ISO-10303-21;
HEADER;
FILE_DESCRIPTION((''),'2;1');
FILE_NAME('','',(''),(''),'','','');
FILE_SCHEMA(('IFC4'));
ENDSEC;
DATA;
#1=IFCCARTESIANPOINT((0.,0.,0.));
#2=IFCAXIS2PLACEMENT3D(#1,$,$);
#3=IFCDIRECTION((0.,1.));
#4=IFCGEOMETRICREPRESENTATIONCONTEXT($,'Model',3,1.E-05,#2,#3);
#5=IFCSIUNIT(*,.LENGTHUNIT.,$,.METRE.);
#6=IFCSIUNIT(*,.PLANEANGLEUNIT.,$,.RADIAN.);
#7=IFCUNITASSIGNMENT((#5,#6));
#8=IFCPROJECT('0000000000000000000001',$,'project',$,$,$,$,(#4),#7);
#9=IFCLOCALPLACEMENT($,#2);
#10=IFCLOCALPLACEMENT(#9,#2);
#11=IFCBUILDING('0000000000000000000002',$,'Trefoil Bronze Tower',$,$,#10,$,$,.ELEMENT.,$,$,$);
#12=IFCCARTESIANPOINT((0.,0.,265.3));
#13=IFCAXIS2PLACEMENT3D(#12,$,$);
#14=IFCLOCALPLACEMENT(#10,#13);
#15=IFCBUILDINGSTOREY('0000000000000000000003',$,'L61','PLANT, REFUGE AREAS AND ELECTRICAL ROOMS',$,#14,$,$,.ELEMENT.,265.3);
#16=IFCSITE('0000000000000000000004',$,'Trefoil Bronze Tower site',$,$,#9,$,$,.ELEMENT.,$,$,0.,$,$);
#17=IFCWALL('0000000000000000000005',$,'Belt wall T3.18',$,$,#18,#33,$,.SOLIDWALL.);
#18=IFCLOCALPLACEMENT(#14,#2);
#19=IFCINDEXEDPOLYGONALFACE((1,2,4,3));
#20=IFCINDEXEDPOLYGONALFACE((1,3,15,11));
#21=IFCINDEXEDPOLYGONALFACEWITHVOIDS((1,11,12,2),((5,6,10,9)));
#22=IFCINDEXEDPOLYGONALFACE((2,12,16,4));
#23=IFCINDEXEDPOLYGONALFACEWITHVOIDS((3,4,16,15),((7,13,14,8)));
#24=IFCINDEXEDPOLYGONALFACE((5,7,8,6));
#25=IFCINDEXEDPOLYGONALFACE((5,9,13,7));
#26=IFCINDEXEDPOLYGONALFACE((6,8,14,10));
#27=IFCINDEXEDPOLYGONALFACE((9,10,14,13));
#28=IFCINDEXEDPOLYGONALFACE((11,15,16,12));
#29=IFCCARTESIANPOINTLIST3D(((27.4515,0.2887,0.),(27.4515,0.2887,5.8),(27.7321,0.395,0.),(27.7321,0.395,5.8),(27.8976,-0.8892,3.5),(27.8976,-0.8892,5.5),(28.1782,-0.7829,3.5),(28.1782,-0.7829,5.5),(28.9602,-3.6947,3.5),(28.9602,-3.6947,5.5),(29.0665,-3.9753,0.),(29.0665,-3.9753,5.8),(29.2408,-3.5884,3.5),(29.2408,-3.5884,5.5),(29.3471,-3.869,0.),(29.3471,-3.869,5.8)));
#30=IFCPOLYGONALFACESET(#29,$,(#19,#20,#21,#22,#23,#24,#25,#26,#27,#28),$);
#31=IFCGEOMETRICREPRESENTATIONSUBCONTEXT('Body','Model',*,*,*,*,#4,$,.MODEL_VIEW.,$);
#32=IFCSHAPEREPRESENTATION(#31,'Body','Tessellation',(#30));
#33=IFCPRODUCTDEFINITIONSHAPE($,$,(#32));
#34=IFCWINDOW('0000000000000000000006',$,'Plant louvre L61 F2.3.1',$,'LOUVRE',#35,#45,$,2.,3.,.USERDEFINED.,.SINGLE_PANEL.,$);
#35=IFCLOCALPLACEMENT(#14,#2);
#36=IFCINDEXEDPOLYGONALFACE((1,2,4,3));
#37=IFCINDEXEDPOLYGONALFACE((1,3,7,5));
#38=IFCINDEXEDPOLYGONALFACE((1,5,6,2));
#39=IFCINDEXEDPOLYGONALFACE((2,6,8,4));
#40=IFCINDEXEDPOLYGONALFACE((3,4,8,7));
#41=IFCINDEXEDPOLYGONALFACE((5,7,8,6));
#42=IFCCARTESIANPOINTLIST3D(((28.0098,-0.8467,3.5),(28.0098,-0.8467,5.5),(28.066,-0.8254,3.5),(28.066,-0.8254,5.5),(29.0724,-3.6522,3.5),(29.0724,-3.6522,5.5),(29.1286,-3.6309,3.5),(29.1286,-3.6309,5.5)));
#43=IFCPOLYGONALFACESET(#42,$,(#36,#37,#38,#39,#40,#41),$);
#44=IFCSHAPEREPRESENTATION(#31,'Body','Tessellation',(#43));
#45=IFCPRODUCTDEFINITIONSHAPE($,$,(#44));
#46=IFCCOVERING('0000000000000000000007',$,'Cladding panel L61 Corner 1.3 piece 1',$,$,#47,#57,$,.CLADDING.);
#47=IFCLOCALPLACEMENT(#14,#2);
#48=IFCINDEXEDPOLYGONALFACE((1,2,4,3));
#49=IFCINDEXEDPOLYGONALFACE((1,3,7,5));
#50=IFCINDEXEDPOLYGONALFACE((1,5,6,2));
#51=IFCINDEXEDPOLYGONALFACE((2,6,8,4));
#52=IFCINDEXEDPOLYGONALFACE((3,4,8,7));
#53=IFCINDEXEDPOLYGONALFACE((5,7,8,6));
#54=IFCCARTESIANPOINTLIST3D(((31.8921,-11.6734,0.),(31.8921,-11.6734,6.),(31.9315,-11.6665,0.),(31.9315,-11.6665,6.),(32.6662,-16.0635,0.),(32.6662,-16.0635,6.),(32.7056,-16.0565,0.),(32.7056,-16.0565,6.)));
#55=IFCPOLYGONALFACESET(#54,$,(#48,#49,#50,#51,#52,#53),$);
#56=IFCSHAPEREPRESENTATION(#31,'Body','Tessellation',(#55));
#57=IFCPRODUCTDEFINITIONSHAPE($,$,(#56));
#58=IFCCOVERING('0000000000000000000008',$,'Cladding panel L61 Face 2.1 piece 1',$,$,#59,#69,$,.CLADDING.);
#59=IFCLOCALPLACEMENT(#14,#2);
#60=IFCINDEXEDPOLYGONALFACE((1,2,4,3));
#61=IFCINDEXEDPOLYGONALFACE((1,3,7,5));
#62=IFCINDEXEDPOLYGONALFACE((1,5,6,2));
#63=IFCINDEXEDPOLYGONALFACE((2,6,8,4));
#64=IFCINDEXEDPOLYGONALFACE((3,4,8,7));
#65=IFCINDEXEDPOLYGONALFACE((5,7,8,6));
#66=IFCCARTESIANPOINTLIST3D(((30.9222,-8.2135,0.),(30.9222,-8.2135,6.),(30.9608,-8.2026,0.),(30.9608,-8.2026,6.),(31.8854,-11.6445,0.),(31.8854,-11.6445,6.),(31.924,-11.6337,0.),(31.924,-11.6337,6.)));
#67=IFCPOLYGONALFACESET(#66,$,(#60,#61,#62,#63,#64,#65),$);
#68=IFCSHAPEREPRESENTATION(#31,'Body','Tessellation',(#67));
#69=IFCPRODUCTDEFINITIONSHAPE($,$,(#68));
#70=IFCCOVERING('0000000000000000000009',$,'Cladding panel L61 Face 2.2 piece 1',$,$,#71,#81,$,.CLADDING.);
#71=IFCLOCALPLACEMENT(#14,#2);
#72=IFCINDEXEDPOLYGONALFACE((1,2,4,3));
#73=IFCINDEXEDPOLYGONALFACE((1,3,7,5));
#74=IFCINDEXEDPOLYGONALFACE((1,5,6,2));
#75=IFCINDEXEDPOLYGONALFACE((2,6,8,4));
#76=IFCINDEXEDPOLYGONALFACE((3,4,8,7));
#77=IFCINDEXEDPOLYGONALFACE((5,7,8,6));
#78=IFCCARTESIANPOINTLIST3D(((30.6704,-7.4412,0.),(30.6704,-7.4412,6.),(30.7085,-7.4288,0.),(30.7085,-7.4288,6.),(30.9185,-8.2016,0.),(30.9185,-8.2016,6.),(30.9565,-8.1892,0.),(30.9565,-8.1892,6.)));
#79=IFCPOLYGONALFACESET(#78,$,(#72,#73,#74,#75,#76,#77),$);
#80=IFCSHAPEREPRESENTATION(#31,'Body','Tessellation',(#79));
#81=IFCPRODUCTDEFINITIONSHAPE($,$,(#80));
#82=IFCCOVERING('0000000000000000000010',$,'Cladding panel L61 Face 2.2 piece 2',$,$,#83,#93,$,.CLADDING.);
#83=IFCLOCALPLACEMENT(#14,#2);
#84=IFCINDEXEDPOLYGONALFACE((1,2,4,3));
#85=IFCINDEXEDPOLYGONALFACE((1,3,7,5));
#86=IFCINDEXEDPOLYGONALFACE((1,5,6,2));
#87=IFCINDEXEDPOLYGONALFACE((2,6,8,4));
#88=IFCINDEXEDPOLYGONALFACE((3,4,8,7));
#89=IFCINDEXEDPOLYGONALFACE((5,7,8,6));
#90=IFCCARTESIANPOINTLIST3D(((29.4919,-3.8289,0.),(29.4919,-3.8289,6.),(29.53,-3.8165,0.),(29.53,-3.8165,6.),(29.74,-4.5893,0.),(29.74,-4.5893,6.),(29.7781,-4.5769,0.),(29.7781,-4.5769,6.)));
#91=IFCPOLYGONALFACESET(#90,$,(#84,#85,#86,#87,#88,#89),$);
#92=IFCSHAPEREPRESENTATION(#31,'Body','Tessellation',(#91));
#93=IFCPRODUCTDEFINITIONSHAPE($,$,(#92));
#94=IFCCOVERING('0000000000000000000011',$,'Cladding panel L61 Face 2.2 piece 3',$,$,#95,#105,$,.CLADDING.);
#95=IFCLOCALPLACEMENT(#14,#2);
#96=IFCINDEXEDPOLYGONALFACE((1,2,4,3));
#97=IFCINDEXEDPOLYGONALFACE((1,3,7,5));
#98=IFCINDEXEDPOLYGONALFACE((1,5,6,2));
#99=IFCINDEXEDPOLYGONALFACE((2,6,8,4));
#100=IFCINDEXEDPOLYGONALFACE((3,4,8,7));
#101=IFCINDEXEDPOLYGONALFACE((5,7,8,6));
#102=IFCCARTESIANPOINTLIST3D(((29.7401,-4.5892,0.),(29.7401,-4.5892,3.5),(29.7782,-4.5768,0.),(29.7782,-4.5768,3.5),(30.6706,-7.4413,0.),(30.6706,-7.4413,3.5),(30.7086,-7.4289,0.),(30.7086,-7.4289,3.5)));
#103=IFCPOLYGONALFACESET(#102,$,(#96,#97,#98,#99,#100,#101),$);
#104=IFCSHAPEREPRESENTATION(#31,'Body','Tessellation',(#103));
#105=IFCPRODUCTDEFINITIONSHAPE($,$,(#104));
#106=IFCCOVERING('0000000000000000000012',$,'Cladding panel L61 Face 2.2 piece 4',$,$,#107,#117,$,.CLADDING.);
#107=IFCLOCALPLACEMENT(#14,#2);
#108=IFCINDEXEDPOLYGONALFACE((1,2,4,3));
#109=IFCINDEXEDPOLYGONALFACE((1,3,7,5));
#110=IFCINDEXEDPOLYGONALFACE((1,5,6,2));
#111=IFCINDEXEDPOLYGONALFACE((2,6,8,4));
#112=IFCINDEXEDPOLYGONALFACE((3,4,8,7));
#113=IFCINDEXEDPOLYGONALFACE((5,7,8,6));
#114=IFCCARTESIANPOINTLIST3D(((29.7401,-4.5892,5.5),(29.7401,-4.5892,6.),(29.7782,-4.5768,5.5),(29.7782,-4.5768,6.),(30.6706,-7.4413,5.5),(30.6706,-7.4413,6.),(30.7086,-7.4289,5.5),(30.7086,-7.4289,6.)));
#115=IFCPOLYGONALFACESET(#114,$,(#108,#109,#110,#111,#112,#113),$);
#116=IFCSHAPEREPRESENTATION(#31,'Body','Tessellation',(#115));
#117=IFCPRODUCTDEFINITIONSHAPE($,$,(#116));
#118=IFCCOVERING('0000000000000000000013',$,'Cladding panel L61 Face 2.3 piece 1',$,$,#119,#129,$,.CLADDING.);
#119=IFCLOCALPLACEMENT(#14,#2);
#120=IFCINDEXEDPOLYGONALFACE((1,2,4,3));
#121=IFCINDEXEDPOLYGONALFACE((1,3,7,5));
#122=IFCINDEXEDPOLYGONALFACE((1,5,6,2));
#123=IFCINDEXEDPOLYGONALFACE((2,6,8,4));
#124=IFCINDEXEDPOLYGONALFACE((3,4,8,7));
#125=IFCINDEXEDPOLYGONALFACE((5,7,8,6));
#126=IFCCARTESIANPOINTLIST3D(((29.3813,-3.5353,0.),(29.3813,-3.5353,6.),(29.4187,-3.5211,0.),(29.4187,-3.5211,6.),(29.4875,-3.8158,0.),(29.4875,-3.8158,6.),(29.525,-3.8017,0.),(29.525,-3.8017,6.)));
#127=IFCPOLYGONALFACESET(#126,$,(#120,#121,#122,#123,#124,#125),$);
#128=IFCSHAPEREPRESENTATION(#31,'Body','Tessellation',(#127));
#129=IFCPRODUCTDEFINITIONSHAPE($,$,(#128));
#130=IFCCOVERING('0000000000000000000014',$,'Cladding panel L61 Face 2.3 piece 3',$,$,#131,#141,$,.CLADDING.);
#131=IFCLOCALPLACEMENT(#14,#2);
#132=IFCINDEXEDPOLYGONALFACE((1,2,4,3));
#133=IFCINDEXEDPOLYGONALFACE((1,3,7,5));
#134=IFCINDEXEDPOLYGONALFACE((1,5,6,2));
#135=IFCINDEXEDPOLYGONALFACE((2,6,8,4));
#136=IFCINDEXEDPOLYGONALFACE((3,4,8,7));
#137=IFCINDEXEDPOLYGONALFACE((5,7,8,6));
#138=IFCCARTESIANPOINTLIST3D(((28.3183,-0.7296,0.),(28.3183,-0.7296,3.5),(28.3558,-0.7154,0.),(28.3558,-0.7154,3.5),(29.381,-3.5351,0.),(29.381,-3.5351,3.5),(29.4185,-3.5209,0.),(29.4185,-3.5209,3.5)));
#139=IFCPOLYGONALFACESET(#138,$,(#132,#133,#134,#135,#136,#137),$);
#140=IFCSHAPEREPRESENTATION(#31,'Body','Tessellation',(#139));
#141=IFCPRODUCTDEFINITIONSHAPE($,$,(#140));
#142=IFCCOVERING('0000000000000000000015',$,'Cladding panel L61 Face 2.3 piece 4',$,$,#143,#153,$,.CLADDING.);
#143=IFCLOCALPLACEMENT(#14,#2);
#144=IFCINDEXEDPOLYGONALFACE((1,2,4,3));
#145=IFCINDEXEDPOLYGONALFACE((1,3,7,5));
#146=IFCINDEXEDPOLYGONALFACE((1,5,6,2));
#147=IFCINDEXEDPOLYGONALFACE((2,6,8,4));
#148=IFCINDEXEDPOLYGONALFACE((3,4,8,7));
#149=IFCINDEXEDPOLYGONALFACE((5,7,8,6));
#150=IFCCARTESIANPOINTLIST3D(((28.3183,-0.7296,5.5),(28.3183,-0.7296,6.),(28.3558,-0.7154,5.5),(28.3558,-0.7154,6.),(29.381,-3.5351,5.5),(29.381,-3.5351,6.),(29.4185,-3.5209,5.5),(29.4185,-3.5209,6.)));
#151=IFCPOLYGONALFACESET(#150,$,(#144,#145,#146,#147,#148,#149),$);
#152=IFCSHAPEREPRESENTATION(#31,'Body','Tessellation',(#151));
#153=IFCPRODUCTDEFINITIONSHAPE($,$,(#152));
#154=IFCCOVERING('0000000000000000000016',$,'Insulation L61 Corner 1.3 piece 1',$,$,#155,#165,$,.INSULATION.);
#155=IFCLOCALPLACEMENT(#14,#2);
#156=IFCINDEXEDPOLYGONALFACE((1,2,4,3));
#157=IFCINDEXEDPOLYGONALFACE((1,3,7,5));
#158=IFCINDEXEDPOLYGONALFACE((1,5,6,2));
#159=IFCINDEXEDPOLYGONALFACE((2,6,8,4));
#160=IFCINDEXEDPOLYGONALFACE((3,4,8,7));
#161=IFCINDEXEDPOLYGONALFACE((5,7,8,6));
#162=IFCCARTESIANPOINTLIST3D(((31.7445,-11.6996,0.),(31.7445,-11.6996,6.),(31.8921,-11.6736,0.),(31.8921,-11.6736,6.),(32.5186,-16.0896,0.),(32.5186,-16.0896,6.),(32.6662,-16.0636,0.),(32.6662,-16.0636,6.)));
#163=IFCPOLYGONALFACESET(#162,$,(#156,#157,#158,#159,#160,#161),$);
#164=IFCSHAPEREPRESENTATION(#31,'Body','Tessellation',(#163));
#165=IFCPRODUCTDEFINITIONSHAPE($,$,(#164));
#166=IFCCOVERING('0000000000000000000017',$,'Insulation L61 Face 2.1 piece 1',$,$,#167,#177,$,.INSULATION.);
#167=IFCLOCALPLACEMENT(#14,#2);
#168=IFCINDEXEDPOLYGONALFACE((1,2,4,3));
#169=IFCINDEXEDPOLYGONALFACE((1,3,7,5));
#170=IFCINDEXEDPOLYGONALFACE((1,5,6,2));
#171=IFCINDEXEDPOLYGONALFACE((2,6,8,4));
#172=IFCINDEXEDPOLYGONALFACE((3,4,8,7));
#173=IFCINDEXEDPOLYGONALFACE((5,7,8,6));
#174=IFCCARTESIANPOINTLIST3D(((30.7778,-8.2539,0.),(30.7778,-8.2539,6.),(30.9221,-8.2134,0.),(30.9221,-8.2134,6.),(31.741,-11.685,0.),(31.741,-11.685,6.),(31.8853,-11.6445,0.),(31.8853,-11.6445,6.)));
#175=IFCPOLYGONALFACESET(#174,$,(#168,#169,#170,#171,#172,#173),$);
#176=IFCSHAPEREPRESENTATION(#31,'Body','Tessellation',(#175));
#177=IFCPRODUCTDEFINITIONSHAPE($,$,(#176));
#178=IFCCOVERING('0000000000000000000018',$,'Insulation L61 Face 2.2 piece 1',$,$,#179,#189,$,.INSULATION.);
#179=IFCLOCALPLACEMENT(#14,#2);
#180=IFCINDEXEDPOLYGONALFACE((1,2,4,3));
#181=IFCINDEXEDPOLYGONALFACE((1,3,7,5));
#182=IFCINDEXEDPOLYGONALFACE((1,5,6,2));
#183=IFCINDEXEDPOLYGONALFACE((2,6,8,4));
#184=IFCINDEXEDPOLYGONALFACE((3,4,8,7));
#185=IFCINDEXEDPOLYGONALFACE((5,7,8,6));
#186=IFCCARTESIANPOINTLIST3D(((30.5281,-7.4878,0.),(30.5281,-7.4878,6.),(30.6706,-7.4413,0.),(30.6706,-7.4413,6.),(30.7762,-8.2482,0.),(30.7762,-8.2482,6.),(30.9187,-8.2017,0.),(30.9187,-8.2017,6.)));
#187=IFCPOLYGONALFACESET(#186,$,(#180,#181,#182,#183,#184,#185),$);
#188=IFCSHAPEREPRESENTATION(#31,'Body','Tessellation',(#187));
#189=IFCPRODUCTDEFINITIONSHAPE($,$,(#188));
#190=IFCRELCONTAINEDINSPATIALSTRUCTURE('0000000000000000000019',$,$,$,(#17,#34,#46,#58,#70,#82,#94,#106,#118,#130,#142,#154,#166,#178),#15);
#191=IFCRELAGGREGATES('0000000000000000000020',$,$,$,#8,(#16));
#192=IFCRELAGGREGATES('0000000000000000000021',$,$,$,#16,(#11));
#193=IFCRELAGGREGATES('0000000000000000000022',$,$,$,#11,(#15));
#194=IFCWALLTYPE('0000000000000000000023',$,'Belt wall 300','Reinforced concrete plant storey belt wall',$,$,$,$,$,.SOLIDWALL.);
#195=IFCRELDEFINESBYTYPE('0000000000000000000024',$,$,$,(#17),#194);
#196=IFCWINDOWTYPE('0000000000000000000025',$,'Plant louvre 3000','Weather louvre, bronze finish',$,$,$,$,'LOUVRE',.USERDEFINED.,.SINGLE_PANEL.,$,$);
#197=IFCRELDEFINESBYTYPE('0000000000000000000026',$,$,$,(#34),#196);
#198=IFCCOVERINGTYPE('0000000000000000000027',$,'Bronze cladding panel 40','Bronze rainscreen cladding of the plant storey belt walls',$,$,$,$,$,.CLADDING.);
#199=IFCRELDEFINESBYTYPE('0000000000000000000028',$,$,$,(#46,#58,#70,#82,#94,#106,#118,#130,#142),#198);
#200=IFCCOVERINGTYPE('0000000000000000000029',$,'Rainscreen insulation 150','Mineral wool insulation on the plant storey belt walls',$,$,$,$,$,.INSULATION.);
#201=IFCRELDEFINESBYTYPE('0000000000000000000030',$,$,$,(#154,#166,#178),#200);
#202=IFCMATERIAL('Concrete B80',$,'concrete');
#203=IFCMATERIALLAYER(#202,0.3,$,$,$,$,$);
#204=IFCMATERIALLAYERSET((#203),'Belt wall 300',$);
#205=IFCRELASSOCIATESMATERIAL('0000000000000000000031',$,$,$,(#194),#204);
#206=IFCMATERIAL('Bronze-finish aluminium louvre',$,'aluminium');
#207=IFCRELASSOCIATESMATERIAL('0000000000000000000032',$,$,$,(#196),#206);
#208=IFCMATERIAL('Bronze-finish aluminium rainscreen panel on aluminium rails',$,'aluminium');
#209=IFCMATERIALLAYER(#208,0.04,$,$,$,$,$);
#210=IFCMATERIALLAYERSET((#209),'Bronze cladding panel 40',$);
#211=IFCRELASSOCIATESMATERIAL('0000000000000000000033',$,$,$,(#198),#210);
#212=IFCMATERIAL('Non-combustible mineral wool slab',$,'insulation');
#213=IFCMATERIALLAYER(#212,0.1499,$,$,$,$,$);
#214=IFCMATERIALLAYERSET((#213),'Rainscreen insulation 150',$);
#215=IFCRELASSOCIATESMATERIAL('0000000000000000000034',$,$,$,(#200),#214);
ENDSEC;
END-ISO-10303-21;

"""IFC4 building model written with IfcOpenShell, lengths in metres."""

from ifc_helpers import new_model, si_unit, direction, frame, frame_2d, origin, origin_2d, place, context, subcontext, project, spatial, rectangle, extrude, material, layer, layer_set, type_object, element, fill, save


model = new_model("IFC4")

# Units and contexts
model_context = context("Model", 3, precision=1e-05, world=origin(), true_north=direction((0.0, 1.0)))
body_context = subcontext(model_context, "Body", "Model", "MODEL_VIEW")
ifc_project = project(units=[si_unit("LENGTHUNIT", "METRE"), si_unit("PLANEANGLEUNIT", "RADIAN")], contexts=[model_context])

# Site, building, storey
site_placement = place(None, origin())
site = spatial("IfcSite", under=ifc_project, at=site_placement, Name="Trefoil Bronze Tower site", CompositionType="ELEMENT", RefElevation=0.0)
building_placement = place(site_placement, origin())
building = spatial("IfcBuilding", under=site, at=building_placement, Name="Trefoil Bronze Tower", CompositionType="ELEMENT")
storey_placement = place(building_placement, frame((0.0, 0.0, 265.3)))
storey = spatial("IfcBuildingStorey", under=building, at=storey_placement, Name="L61", Description="PLANT, REFUGE AREAS AND ELECTRICAL ROOMS", CompositionType="ELEMENT", Elevation=265.3)

# Shared definitions
ifc_material_1 = material(Name="Concrete B80", Category="concrete")
ifc_layer_1 = layer(ifc_material_1, 0.3)
ifc_layer_set_1 = layer_set([ifc_layer_1], Name="Belt wall 300")
wall_type = type_object("IfcWallType", Name="Belt wall 300", Description="Reinforced concrete plant storey belt wall", PredefinedType="SOLIDWALL", material=ifc_layer_set_1)

# Wall, opening, window
ifc_material_2 = material(Name="Bronze-finish aluminium louvre", Category="aluminium")
window_type = type_object("IfcWindowType", Name="Plant louvre 3000", Description="Weather louvre, bronze finish", ElementType="LOUVRE", PartitioningType="SINGLE_PANEL", PredefinedType="USERDEFINED", material=ifc_material_2)
wall_1_placement = place(storey_placement, frame((29.2068, -3.9221, 0.0), z_axis=(0.0, 0.0, 1.0), x_axis=(-0.354202, 0.935169, 0.0)))
wall_1 = element("IfcWall", 1, at=wall_1_placement, inside=storey, type_object=wall_type, Name="Belt wall T3.18", PredefinedType="SOLIDWALL", context=body_context, shape_type="SweptSolid", body=[
    extrude(rectangle(XDim=4.5596, YDim=0.3, at=frame_2d((2.2798, 0.0))), origin(), (0.0, 0.0, 1.0), 5.8),
])
opening_1_placement = place(wall_1_placement, frame((0.3, 0.0, 3.5)))
opening_1 = element("IfcOpeningElement", 2, at=opening_1_placement, cuts=wall_1, PredefinedType="OPENING", context=body_context, shape_type="SweptSolid", body=[
    extrude(rectangle(XDim=3.0, YDim=2.0, at=frame_2d((1.5, 1.0))), frame((0.0, 0.1599, 0.0), z_axis=(0.0, -1.0, 0.0), x_axis=(1.0, 0.0, 0.0)), (0.0, 0.0, 1.0), 0.3201),
])
window_1_placement = place(opening_1_placement, origin())
window_1 = element("IfcWindow", 3, at=window_1_placement, inside=storey, type_object=window_type, Name="Plant louvre L61 F2.3.1", ObjectType="LOUVRE", OverallHeight=2.0, OverallWidth=3.0, PartitioningType="SINGLE_PANEL", PredefinedType="USERDEFINED", context=body_context, shape_type="SweptSolid", body=[
    extrude(rectangle(XDim=3.0, YDim=2.0, at=frame_2d((1.5, 1.0))), frame((0.0, 0.03, 0.0), z_axis=(0.0, -1.0, 0.0), x_axis=(1.0, 0.0, 0.0)), (0.0, 0.0, 1.0), 0.0601),
])
fill(opening_1, window_1)

# Coverings
ifc_material_3 = material(Name="Bronze-finish aluminium rainscreen panel on aluminium rails", Category="aluminium")
ifc_layer_2 = layer(ifc_material_3, 0.04)
ifc_layer_set_2 = layer_set([ifc_layer_2], Name="Bronze cladding panel 40")
covering_type_1 = type_object("IfcCoveringType", Name="Bronze cladding panel 40", Description="Bronze rainscreen cladding of the plant storey belt walls", PredefinedType="CLADDING", material=ifc_layer_set_2)
covering_1_placement = place(storey_placement, frame((32.2988, -13.865, 0.0), z_axis=(0.0, 0.0, 1.0), x_axis=(-0.173648, 0.984808, 0.0)))
element("IfcCovering", 4, at=covering_1_placement, inside=storey, type_object=covering_type_1, Name="Cladding panel L61 Corner 1.3 piece 1", PredefinedType="CLADDING", context=body_context, shape_type="SweptSolid", body=[
    extrude(rectangle(XDim=4.4578, YDim=0.04, at=origin_2d()), origin(), (0.0, 0.0, 1.0), 6.0),
])
covering_2_placement = place(storey_placement, frame((31.4231, -9.9236, 0.0), z_axis=(0.0, 0.0, 1.0), x_axis=(-0.270282, 0.962781, 0.0)))
element("IfcCovering", 5, at=covering_2_placement, inside=storey, type_object=covering_type_1, Name="Cladding panel L61 Face 2.1 piece 1", PredefinedType="CLADDING", context=body_context, shape_type="SweptSolid", body=[
    extrude(rectangle(XDim=3.5637, YDim=0.04, at=origin_2d()), origin(), (0.0, 0.0, 1.0), 6.0),
])
for number, where, z_axis, x_axis, name in (
    (6, (30.8135, -7.8152, 0.0), (0.0, 0.0, 1.0), (-0.310149, 0.950688, 0.0), "Cladding panel L61 Face 2.2 piece 1"),
    (7, (29.635, -4.2029, 0.0), (0.0, 0.0, 1.0), (-0.310149, 0.950688, 0.0), "Cladding panel L61 Face 2.2 piece 2"),
):
    element("IfcCovering", number, at=place(storey_placement, frame(where, z_axis=z_axis, x_axis=x_axis)), inside=storey, type_object=covering_type_1, Name=name, PredefinedType="CLADDING", context=body_context, shape_type="SweptSolid", body=[
        extrude(rectangle(XDim=0.7998, YDim=0.04, at=origin_2d()), origin(), (0.0, 0.0, 1.0), 6.0),
    ])
covering_3_placement = place(storey_placement, frame((30.2244, -6.009, 0.0), z_axis=(0.0, 0.0, 1.0), x_axis=(-0.310149, 0.950688, 0.0)))
element("IfcCovering", 8, at=covering_3_placement, inside=storey, type_object=covering_type_1, Name="Cladding panel L61 Face 2.2 piece 3", PredefinedType="CLADDING", context=body_context, shape_type="SweptSolid", body=[
    extrude(rectangle(XDim=3.0, YDim=0.04, at=origin_2d()), origin(), (0.0, 0.0, 1.0), 3.5),
])
covering_4_placement = place(storey_placement, frame((30.2244, -6.009, 5.5), z_axis=(0.0, 0.0, 1.0), x_axis=(-0.310149, 0.950688, 0.0)))
element("IfcCovering", 9, at=covering_4_placement, inside=storey, type_object=covering_type_1, Name="Cladding panel L61 Face 2.2 piece 4", PredefinedType="CLADDING", context=body_context, shape_type="SweptSolid", body=[
    extrude(rectangle(XDim=3.0, YDim=0.04, at=origin_2d()), origin(), (0.0, 0.0, 1.0), 0.5),
])
covering_5_placement = place(storey_placement, frame((29.4531, -3.6685, 0.0), z_axis=(0.0, 0.0, 1.0), x_axis=(-0.354234, 0.935157, 0.0)))
element("IfcCovering", 10, at=covering_5_placement, inside=storey, type_object=covering_type_1, Name="Cladding panel L61 Face 2.3 piece 1", PredefinedType="CLADDING", context=body_context, shape_type="SweptSolid", body=[
    extrude(rectangle(XDim=0.3, YDim=0.04, at=origin_2d()), origin(), (0.0, 0.0, 1.0), 6.0),
])
covering_6_placement = place(storey_placement, frame((28.8684, -2.1252, 0.0), z_axis=(0.0, 0.0, 1.0), x_axis=(-0.354234, 0.935157, 0.0)))
element("IfcCovering", 11, at=covering_6_placement, inside=storey, type_object=covering_type_1, Name="Cladding panel L61 Face 2.3 piece 3", PredefinedType="CLADDING", context=body_context, shape_type="SweptSolid", body=[
    extrude(rectangle(XDim=3.0, YDim=0.04, at=origin_2d()), origin(), (0.0, 0.0, 1.0), 3.5),
])
covering_7_placement = place(storey_placement, frame((28.8684, -2.1252, 5.5), z_axis=(0.0, 0.0, 1.0), x_axis=(-0.354234, 0.935157, 0.0)))
element("IfcCovering", 12, at=covering_7_placement, inside=storey, type_object=covering_type_1, Name="Cladding panel L61 Face 2.3 piece 4", PredefinedType="CLADDING", context=body_context, shape_type="SweptSolid", body=[
    extrude(rectangle(XDim=3.0, YDim=0.04, at=origin_2d()), origin(), (0.0, 0.0, 1.0), 0.5),
])
ifc_material_4 = material(Name="Non-combustible mineral wool slab", Category="insulation")
ifc_layer_3 = layer(ifc_material_4, 0.1499)
ifc_layer_set_3 = layer_set([ifc_layer_3], Name="Rainscreen insulation 150")
covering_type_2 = type_object("IfcCoveringType", Name="Rainscreen insulation 150", Description="Mineral wool insulation on the plant storey belt walls", PredefinedType="INSULATION", material=ifc_layer_set_3)
covering_8_placement = place(storey_placement, frame((32.2053, -13.8816, 0.0), z_axis=(0.0, 0.0, 1.0), x_axis=(-0.173648, 0.984808, 0.0)))
element("IfcCovering", 13, at=covering_8_placement, inside=storey, type_object=covering_type_2, Name="Insulation L61 Corner 1.3 piece 1", PredefinedType="INSULATION", context=body_context, shape_type="SweptSolid", body=[
    extrude(rectangle(XDim=4.4578, YDim=0.1499, at=origin_2d()), origin(), (0.0, 0.0, 1.0), 6.0),
])
covering_9_placement = place(storey_placement, frame((31.3315, -9.9492, 0.0), z_axis=(0.0, 0.0, 1.0), x_axis=(-0.270282, 0.962781, 0.0)))
element("IfcCovering", 14, at=covering_9_placement, inside=storey, type_object=covering_type_2, Name="Insulation L61 Face 2.1 piece 1", PredefinedType="INSULATION", context=body_context, shape_type="SweptSolid", body=[
    extrude(rectangle(XDim=3.5637, YDim=0.1499, at=origin_2d()), origin(), (0.0, 0.0, 1.0), 6.0),
])
for number, where, z_axis, x_axis, name in (
    (15, (30.7234, -7.8447, 0.0), (0.0, 0.0, 1.0), (-0.310149, 0.950688, 0.0), "Insulation L61 Face 2.2 piece 1"),
):
    element("IfcCovering", number, at=place(storey_placement, frame(where, z_axis=z_axis, x_axis=x_axis)), inside=storey, type_object=covering_type_2, Name=name, PredefinedType="INSULATION", context=body_context, shape_type="SweptSolid", body=[
        extrude(rectangle(XDim=0.7998, YDim=0.1499, at=origin_2d()), origin(), (0.0, 0.0, 1.0), 6.0),
    ])

save(model, "model.ifc")
